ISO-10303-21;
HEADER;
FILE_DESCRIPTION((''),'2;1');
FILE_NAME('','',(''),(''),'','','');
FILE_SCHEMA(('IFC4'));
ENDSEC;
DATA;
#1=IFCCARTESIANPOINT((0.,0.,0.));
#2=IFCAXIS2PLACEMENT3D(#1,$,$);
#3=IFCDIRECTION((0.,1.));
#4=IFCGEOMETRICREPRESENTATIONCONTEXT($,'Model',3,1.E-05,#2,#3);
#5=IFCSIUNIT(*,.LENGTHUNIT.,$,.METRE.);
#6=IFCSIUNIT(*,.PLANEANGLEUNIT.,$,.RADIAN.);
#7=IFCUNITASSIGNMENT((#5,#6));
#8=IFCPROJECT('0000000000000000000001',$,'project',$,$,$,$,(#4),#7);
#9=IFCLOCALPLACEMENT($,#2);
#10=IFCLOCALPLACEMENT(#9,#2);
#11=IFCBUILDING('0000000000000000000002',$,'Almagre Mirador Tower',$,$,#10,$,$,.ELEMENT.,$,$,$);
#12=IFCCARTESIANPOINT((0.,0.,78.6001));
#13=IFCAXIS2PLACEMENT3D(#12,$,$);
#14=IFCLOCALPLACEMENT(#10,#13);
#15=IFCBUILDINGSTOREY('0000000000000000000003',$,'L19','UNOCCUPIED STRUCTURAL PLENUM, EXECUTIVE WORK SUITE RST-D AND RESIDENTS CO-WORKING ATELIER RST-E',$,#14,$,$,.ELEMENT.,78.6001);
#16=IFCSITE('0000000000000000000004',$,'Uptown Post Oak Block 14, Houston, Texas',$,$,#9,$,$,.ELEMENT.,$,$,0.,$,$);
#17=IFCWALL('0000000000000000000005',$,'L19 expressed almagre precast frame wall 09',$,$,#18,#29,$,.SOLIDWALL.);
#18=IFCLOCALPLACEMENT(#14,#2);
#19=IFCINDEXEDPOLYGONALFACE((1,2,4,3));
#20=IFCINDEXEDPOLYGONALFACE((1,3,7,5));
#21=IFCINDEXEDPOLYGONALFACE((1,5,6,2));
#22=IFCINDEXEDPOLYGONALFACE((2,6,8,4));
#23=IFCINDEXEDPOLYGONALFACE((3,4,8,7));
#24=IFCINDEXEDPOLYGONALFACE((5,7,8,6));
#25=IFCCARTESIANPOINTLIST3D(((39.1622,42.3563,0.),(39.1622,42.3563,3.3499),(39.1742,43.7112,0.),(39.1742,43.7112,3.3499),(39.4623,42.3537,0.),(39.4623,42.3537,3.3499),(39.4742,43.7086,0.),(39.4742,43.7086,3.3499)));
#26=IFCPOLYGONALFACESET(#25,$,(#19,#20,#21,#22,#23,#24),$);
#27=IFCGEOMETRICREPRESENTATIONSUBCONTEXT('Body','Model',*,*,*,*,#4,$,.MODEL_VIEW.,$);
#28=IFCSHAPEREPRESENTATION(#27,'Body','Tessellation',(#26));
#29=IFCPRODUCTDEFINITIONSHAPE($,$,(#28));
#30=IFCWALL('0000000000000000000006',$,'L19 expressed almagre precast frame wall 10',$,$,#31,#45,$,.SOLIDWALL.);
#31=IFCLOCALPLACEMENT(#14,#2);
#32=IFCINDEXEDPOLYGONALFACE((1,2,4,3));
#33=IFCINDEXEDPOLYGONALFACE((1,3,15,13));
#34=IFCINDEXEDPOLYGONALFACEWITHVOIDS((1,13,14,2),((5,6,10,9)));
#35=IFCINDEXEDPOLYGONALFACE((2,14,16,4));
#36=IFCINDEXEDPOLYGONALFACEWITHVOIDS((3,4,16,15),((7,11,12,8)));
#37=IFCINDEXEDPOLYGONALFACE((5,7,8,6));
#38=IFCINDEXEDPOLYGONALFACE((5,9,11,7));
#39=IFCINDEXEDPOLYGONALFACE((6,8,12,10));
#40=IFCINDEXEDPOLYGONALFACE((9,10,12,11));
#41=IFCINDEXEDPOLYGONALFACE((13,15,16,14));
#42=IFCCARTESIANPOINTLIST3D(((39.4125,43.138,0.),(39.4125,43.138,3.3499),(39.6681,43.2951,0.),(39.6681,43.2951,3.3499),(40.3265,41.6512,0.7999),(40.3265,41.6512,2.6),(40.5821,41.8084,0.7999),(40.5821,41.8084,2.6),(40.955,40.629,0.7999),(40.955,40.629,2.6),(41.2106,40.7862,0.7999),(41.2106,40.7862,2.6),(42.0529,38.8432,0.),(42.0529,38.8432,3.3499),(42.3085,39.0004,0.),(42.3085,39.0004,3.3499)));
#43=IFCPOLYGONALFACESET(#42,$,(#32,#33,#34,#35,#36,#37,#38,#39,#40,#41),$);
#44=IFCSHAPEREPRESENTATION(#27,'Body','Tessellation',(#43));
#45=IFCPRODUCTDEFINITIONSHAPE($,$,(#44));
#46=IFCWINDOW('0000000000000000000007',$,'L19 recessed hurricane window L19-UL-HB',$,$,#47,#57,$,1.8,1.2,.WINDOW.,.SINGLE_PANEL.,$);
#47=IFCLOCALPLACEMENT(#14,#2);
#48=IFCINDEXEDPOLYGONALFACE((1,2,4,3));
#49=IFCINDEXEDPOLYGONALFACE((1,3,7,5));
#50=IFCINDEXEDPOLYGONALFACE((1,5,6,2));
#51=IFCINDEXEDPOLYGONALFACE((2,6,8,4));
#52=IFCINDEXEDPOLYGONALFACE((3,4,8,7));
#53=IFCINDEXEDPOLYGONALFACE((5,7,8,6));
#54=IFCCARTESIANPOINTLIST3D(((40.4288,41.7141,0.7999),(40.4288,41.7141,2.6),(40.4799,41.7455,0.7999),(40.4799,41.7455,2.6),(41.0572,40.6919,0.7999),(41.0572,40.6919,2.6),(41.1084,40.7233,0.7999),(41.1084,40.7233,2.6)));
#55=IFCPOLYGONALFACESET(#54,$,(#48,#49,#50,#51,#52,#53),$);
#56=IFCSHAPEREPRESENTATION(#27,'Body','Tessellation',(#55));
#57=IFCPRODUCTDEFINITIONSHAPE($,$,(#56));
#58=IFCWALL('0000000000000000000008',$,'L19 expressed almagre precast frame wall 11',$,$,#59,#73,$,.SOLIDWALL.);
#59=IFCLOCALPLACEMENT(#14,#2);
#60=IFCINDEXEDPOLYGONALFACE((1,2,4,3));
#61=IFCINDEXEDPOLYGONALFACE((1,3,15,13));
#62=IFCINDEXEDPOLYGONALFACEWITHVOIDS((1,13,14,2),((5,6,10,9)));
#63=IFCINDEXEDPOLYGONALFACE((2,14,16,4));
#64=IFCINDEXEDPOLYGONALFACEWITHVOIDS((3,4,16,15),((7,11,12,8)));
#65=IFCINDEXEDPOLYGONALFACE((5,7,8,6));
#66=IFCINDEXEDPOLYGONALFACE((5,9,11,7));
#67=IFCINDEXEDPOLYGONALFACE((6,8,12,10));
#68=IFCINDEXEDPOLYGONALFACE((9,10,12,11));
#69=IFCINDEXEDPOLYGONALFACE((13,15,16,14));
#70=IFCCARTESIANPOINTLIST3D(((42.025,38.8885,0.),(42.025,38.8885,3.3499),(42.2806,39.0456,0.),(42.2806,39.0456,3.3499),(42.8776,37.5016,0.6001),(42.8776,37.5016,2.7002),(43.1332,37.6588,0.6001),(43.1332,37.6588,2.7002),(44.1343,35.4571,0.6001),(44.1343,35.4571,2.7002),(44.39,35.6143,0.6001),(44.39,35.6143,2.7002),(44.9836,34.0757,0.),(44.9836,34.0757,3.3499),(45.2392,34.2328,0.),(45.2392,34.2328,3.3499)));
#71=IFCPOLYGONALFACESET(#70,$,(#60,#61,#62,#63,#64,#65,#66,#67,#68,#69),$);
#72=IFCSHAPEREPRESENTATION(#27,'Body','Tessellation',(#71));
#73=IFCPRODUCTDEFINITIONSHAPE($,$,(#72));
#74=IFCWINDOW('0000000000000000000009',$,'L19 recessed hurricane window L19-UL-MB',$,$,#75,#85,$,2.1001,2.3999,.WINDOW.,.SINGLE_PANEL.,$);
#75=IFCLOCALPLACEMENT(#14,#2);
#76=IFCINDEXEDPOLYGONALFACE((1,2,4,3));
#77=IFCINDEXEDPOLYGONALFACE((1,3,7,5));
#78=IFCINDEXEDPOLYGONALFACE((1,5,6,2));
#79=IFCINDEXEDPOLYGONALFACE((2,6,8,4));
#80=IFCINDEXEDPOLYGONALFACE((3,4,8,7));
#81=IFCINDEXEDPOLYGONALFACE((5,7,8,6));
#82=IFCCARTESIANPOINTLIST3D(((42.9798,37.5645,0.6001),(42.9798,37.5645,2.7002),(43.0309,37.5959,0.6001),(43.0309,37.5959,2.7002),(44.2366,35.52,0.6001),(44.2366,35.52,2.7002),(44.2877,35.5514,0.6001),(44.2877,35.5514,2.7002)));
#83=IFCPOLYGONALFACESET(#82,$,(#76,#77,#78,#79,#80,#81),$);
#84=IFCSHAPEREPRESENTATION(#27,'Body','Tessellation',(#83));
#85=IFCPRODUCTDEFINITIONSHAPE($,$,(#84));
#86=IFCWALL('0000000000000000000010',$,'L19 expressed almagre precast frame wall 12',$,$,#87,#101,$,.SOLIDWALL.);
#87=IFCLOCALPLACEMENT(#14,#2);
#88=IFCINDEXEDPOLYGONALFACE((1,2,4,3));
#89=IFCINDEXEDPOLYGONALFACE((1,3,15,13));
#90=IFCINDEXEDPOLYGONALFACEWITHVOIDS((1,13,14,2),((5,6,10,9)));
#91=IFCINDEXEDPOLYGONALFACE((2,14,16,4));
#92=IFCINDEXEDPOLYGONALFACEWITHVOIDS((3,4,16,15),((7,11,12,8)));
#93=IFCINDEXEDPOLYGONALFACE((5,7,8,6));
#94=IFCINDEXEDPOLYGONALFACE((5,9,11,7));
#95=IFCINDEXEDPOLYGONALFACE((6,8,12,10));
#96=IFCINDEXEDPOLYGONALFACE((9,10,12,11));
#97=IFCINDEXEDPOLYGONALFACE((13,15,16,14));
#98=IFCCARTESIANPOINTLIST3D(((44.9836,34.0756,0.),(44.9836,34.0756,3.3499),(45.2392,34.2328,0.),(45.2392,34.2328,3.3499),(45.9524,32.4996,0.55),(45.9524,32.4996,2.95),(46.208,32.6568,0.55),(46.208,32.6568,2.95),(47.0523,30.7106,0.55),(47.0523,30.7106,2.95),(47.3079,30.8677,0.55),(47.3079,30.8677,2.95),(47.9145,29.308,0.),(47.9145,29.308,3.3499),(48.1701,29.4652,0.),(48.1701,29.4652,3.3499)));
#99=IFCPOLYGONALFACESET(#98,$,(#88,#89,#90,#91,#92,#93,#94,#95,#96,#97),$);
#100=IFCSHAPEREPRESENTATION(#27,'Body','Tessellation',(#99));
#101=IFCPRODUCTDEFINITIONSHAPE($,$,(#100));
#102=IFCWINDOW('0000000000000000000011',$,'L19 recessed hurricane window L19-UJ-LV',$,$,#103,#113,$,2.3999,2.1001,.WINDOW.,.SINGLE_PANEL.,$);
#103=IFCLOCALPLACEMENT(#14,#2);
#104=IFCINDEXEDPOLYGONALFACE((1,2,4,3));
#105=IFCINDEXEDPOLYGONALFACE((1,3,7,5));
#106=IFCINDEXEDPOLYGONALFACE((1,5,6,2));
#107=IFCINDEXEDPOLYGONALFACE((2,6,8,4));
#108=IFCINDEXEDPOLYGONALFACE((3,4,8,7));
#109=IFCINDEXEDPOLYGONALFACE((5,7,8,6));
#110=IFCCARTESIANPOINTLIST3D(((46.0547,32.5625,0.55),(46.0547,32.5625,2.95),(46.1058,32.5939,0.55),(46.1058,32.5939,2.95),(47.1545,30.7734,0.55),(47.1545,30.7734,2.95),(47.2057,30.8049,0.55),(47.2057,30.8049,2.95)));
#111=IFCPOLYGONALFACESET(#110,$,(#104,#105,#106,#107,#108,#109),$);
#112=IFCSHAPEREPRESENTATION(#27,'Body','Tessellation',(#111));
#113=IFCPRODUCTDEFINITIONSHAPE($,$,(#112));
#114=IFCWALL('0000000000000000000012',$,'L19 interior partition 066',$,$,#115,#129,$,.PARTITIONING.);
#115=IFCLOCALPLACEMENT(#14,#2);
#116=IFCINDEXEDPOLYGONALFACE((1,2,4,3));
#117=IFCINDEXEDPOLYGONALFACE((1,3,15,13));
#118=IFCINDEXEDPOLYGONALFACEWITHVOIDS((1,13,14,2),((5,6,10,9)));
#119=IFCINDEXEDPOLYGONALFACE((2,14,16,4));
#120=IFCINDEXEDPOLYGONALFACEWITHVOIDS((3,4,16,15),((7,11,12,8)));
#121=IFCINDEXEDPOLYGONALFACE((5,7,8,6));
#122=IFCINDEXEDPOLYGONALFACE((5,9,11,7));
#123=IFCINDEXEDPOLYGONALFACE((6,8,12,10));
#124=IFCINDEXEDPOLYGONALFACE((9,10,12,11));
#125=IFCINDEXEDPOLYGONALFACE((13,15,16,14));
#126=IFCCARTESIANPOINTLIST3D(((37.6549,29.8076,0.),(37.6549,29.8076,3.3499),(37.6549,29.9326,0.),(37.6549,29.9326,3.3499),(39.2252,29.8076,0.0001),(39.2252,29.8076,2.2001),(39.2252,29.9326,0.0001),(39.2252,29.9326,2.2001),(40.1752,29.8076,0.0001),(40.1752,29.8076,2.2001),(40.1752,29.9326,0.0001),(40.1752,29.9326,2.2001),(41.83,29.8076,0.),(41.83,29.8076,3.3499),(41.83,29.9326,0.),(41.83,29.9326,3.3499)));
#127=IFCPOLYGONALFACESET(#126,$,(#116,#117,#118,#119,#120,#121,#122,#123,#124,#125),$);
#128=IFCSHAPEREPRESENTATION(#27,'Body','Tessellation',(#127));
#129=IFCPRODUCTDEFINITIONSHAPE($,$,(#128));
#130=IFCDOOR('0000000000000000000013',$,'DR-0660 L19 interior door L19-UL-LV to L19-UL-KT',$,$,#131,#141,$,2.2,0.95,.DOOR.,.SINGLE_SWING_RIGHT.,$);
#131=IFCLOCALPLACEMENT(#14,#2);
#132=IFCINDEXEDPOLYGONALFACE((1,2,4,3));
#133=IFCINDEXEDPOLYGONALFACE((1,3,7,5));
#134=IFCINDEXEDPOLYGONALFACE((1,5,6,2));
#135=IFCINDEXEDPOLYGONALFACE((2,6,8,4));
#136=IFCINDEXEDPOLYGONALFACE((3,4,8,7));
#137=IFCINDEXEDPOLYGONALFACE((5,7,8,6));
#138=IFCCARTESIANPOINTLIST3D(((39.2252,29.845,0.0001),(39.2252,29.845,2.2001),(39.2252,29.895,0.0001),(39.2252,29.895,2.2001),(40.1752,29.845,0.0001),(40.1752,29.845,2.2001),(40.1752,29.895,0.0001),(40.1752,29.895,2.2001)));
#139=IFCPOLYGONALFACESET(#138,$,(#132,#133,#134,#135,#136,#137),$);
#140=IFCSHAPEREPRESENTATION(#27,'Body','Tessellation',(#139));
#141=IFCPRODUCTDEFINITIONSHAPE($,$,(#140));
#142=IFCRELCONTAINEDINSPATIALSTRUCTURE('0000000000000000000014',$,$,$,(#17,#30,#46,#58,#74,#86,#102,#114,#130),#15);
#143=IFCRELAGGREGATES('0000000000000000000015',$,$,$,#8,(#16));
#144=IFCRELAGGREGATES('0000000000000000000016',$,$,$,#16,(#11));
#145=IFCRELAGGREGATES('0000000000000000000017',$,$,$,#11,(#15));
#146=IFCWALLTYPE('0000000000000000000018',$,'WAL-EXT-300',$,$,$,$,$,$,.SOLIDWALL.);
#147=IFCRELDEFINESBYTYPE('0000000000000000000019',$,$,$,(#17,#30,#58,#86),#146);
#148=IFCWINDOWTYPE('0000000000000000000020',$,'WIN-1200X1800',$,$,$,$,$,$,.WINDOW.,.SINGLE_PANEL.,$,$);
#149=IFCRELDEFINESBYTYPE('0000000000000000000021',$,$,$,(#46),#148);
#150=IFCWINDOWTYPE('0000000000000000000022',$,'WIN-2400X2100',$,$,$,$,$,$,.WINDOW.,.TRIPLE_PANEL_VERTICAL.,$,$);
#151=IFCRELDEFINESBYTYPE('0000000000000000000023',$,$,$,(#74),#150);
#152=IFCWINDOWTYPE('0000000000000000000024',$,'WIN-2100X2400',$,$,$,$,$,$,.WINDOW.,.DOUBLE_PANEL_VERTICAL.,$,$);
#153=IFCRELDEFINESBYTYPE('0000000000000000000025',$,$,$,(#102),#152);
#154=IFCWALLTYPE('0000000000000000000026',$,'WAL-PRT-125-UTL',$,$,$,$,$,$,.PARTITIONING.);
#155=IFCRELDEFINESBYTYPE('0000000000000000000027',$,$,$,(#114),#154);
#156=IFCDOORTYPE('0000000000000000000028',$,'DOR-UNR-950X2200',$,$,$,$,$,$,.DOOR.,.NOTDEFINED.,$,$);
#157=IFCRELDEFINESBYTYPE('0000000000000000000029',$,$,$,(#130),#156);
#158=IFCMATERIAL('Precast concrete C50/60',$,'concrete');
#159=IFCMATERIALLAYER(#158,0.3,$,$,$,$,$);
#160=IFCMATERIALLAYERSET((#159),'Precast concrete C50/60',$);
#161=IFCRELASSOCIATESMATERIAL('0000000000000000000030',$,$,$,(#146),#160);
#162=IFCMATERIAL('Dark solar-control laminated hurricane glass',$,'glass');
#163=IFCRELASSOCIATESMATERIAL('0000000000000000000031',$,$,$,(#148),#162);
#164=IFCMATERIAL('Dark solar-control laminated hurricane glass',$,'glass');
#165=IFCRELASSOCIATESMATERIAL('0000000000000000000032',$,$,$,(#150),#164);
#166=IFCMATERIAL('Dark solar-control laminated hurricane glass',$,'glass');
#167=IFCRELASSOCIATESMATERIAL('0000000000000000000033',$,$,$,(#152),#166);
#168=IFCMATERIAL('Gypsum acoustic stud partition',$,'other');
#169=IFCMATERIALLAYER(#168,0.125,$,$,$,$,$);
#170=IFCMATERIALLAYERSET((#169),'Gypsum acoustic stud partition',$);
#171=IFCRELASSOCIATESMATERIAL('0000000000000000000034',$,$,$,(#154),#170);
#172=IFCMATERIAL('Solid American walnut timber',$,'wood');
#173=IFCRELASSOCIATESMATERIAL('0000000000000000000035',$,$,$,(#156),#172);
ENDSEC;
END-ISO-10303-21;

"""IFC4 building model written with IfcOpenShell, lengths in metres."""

from ifc_helpers import new_model, si_unit, direction, frame, frame_2d, origin, place, context, subcontext, project, spatial, rectangle, extrude, material, layer, layer_set, type_object, element, fill, save


model = new_model("IFC4")

# Units and contexts
model_context = context("Model", 3, precision=1e-05, world=origin(), true_north=direction((0.0, 1.0)))
body_context = subcontext(model_context, "Body", "Model", "MODEL_VIEW")
ifc_project = project(units=[si_unit("LENGTHUNIT", "METRE"), si_unit("PLANEANGLEUNIT", "RADIAN")], contexts=[model_context])

# Site, building, storey
site_placement = place(None, origin())
site = spatial("IfcSite", under=ifc_project, at=site_placement, Name="Uptown Post Oak Block 14, Houston, Texas", CompositionType="ELEMENT", RefElevation=0.0)
building_placement = place(site_placement, origin())
building = spatial("IfcBuilding", under=site, at=building_placement, Name="Almagre Mirador Tower", CompositionType="ELEMENT")
storey_placement = place(building_placement, frame((0.0, 0.0, 78.6001)))
storey = spatial("IfcBuildingStorey", under=building, at=storey_placement, Name="L19", Description="UNOCCUPIED STRUCTURAL PLENUM, EXECUTIVE WORK SUITE RST-D AND RESIDENTS CO-WORKING ATELIER RST-E", CompositionType="ELEMENT", Elevation=78.6001)

# Wall
ifc_material_1 = material(Name="Precast concrete C50/60", Category="concrete")
ifc_layer_1 = layer(ifc_material_1, 0.3)
ifc_layer_set_1 = layer_set([ifc_layer_1], Name="Precast concrete C50/60")
wall_type_1 = type_object("IfcWallType", Name="WAL-EXT-300", PredefinedType="SOLIDWALL", material=ifc_layer_set_1)
wall_1_placement = place(storey_placement, frame((39.3123, 42.355, 0.0), z_axis=(0.0, 0.0, 1.0), x_axis=(0.008828, 0.999961, 0.0)))
element("IfcWall", 1, at=wall_1_placement, inside=storey, type_object=wall_type_1, Name="L19 expressed almagre precast frame wall 09", PredefinedType="SOLIDWALL", context=body_context, shape_type="SweptSolid", body=[
    extrude(rectangle(XDim=1.355, YDim=0.3, at=frame_2d((0.6775, 0.0))), origin(), (0.0, 0.0, 1.0), 3.3499),
])

# Walls, openings, windows
wall_2_placement = place(storey_placement, frame((39.5403, 43.2166, 0.0), z_axis=(0.0, 0.0, 1.0), x_axis=(0.523738, -0.851879, 0.0)))
wall_2 = element("IfcWall", 2, at=wall_2_placement, inside=storey, type_object=wall_type_1, Name="L19 expressed almagre precast frame wall 10", PredefinedType="SOLIDWALL", context=body_context, shape_type="SweptSolid", body=[
    extrude(rectangle(XDim=5.0415, YDim=0.3, at=frame_2d((2.5208, 0.0))), origin(), (0.0, 0.0, 1.0), 3.3499),
])
opening_1_placement = place(wall_2_placement, frame((1.7451, 0.0, 0.8)))
opening_1 = element("IfcOpeningElement", 3, at=opening_1_placement, cuts=wall_2, PredefinedType="OPENING", context=body_context, shape_type="SweptSolid", body=[
    extrude(rectangle(XDim=1.2, YDim=1.8, at=frame_2d((0.6001, 0.8999))), frame((0.0, 0.1599, 0.0), z_axis=(0.0, -1.0, 0.0), x_axis=(1.0, 0.0, 0.0)), (0.0, 0.0, 1.0), 0.32),
])
ifc_material_2 = material(Name="Dark solar-control laminated hurricane glass", Category="glass")
window_type_1 = type_object("IfcWindowType", Name="WIN-1200X1800", PartitioningType="SINGLE_PANEL", PredefinedType="WINDOW", material=ifc_material_2)
window_1_placement = place(opening_1_placement, origin())
window_1 = element("IfcWindow", 4, at=window_1_placement, inside=storey, type_object=window_type_1, Name="L19 recessed hurricane window L19-UL-HB", OverallHeight=1.8, OverallWidth=1.2, PartitioningType="SINGLE_PANEL", PredefinedType="WINDOW", context=body_context, shape_type="SweptSolid", body=[
    extrude(rectangle(XDim=1.2, YDim=1.8, at=frame_2d((0.6001, 0.8999))), frame((0.0, 0.03, 0.0), z_axis=(0.0, -1.0, 0.0), x_axis=(1.0, 0.0, 0.0)), (0.0, 0.0, 1.0), 0.0601),
])
fill(opening_1, window_1)
wall_3_placement = place(storey_placement, frame((42.1528, 38.967, 0.0), z_axis=(0.0, 0.0, 1.0), x_axis=(0.523687, -0.85191, 0.0)))
wall_3 = element("IfcWall", 5, at=wall_3_placement, inside=storey, type_object=wall_type_1, Name="L19 expressed almagre precast frame wall 11", PredefinedType="SOLIDWALL", context=body_context, shape_type="SweptSolid", body=[
    extrude(rectangle(XDim=5.6494, YDim=0.3, at=frame_2d((2.8247, 0.0))), origin(), (0.0, 0.0, 1.0), 3.3499),
])
opening_2_placement = place(wall_3_placement, frame((1.6279, 0.0, 0.6001)))
opening_2 = element("IfcOpeningElement", 6, at=opening_2_placement, cuts=wall_3, PredefinedType="OPENING", context=body_context, shape_type="SweptSolid", body=[
    extrude(rectangle(XDim=2.3999, YDim=2.1001, at=frame_2d((1.2, 1.05))), frame((0.0, 0.1599, 0.0), z_axis=(0.0, -1.0, 0.0), x_axis=(1.0, 0.0, 0.0)), (0.0, 0.0, 1.0), 0.32),
])
ifc_material_3 = material(Name="Dark solar-control laminated hurricane glass", Category="glass")
window_type_2 = type_object("IfcWindowType", Name="WIN-2400X2100", PartitioningType="TRIPLE_PANEL_VERTICAL", PredefinedType="WINDOW", material=ifc_material_3)
window_2_placement = place(opening_2_placement, origin())
window_2 = element("IfcWindow", 7, at=window_2_placement, inside=storey, type_object=window_type_2, Name="L19 recessed hurricane window L19-UL-MB", OverallHeight=2.1001, OverallWidth=2.3999, PartitioningType="SINGLE_PANEL", PredefinedType="WINDOW", context=body_context, shape_type="SweptSolid", body=[
    extrude(rectangle(XDim=2.3999, YDim=2.1001, at=frame_2d((1.2, 1.05))), frame((0.0, 0.03, 0.0), z_axis=(0.0, -1.0, 0.0), x_axis=(1.0, 0.0, 0.0)), (0.0, 0.0, 1.0), 0.0601),
])
fill(opening_2, window_2)
wall_4_placement = place(storey_placement, frame((45.1113, 34.1543, 0.0), z_axis=(0.0, 0.0, 1.0), x_axis=(0.52371, -0.851896, 0.0)))
wall_4 = element("IfcWall", 8, at=wall_4_placement, inside=storey, type_object=wall_type_1, Name="L19 expressed almagre precast frame wall 12", PredefinedType="SOLIDWALL", context=body_context, shape_type="SweptSolid", body=[
    extrude(rectangle(XDim=5.5964, YDim=0.3, at=frame_2d((2.7983, 0.0))), origin(), (0.0, 0.0, 1.0), 3.3499),
])
opening_3_placement = place(wall_4_placement, frame((1.8501, 0.0, 0.55)))
opening_3 = element("IfcOpeningElement", 9, at=opening_3_placement, cuts=wall_4, PredefinedType="OPENING", context=body_context, shape_type="SweptSolid", body=[
    extrude(rectangle(XDim=2.1001, YDim=2.3999, at=frame_2d((1.05, 1.2))), frame((0.0, 0.1599, 0.0), z_axis=(0.0, -1.0, 0.0), x_axis=(1.0, 0.0, 0.0)), (0.0, 0.0, 1.0), 0.32),
])
ifc_material_4 = material(Name="Dark solar-control laminated hurricane glass", Category="glass")
window_type_3 = type_object("IfcWindowType", Name="WIN-2100X2400", PartitioningType="DOUBLE_PANEL_VERTICAL", PredefinedType="WINDOW", material=ifc_material_4)
window_3_placement = place(opening_3_placement, origin())
window_3 = element("IfcWindow", 10, at=window_3_placement, inside=storey, type_object=window_type_3, Name="L19 recessed hurricane window L19-UJ-LV", OverallHeight=2.3999, OverallWidth=2.1001, PartitioningType="SINGLE_PANEL", PredefinedType="WINDOW", context=body_context, shape_type="SweptSolid", body=[
    extrude(rectangle(XDim=2.1001, YDim=2.3999, at=frame_2d((1.05, 1.2))), frame((0.0, 0.03, 0.0), z_axis=(0.0, -1.0, 0.0), x_axis=(1.0, 0.0, 0.0)), (0.0, 0.0, 1.0), 0.0601),
])
fill(opening_3, window_3)

# Wall, opening, door
ifc_material_5 = material(Name="Gypsum acoustic stud partition", Category="other")
ifc_layer_2 = layer(ifc_material_5, 0.125)
ifc_layer_set_2 = layer_set([ifc_layer_2], Name="Gypsum acoustic stud partition")
wall_type_2 = type_object("IfcWallType", Name="WAL-PRT-125-UTL", PredefinedType="PARTITIONING", material=ifc_layer_set_2)
wall_5_placement = place(storey_placement, frame((37.655, 29.8701, 0.0), z_axis=(0.0, 0.0, 1.0), x_axis=(1.0, 0.0, 0.0)))
wall_5 = element("IfcWall", 11, at=wall_5_placement, inside=storey, type_object=wall_type_2, Name="L19 interior partition 066", PredefinedType="PARTITIONING", context=body_context, shape_type="SweptSolid", body=[
    extrude(rectangle(XDim=4.175, YDim=0.125, at=frame_2d((2.0874, 0.0))), origin(), (0.0, 0.0, 1.0), 3.3499),
])
opening_4_placement = place(wall_5_placement, frame((1.5701, 0.0, 0.0)))
opening_4 = element("IfcOpeningElement", 12, at=opening_4_placement, cuts=wall_5, PredefinedType="OPENING", context=body_context, shape_type="SweptSolid", body=[
    extrude(rectangle(XDim=0.95, YDim=2.2, at=frame_2d((0.4751, 1.1001))), frame((0.0, 0.0725, 0.0), z_axis=(0.0, -1.0, 0.0), x_axis=(1.0, 0.0, 0.0)), (0.0, 0.0, 1.0), 0.145),
])
ifc_material_6 = material(Name="Solid American walnut timber", Category="wood")
door_type_1 = type_object("IfcDoorType", Name="DOR-UNR-950X2200", OperationType="NOTDEFINED", PredefinedType="DOOR", material=ifc_material_6)
door_1_placement = place(opening_4_placement, origin())
door_1 = element("IfcDoor", 13, at=door_1_placement, inside=storey, type_object=door_type_1, Name="DR-0660 L19 interior door L19-UL-LV to L19-UL-KT", OperationType="SINGLE_SWING_RIGHT", OverallHeight=2.2, OverallWidth=0.95, PredefinedType="DOOR", context=body_context, shape_type="SweptSolid", body=[
    extrude(rectangle(XDim=0.95, YDim=2.2, at=frame_2d((0.4751, 1.1001))), frame((0.0, 0.0249, 0.0), z_axis=(0.0, -1.0, 0.0), x_axis=(1.0, 0.0, 0.0)), (0.0, 0.0, 1.0), 0.05),
])
fill(opening_4, door_1)

save(model, "model.ifc")
